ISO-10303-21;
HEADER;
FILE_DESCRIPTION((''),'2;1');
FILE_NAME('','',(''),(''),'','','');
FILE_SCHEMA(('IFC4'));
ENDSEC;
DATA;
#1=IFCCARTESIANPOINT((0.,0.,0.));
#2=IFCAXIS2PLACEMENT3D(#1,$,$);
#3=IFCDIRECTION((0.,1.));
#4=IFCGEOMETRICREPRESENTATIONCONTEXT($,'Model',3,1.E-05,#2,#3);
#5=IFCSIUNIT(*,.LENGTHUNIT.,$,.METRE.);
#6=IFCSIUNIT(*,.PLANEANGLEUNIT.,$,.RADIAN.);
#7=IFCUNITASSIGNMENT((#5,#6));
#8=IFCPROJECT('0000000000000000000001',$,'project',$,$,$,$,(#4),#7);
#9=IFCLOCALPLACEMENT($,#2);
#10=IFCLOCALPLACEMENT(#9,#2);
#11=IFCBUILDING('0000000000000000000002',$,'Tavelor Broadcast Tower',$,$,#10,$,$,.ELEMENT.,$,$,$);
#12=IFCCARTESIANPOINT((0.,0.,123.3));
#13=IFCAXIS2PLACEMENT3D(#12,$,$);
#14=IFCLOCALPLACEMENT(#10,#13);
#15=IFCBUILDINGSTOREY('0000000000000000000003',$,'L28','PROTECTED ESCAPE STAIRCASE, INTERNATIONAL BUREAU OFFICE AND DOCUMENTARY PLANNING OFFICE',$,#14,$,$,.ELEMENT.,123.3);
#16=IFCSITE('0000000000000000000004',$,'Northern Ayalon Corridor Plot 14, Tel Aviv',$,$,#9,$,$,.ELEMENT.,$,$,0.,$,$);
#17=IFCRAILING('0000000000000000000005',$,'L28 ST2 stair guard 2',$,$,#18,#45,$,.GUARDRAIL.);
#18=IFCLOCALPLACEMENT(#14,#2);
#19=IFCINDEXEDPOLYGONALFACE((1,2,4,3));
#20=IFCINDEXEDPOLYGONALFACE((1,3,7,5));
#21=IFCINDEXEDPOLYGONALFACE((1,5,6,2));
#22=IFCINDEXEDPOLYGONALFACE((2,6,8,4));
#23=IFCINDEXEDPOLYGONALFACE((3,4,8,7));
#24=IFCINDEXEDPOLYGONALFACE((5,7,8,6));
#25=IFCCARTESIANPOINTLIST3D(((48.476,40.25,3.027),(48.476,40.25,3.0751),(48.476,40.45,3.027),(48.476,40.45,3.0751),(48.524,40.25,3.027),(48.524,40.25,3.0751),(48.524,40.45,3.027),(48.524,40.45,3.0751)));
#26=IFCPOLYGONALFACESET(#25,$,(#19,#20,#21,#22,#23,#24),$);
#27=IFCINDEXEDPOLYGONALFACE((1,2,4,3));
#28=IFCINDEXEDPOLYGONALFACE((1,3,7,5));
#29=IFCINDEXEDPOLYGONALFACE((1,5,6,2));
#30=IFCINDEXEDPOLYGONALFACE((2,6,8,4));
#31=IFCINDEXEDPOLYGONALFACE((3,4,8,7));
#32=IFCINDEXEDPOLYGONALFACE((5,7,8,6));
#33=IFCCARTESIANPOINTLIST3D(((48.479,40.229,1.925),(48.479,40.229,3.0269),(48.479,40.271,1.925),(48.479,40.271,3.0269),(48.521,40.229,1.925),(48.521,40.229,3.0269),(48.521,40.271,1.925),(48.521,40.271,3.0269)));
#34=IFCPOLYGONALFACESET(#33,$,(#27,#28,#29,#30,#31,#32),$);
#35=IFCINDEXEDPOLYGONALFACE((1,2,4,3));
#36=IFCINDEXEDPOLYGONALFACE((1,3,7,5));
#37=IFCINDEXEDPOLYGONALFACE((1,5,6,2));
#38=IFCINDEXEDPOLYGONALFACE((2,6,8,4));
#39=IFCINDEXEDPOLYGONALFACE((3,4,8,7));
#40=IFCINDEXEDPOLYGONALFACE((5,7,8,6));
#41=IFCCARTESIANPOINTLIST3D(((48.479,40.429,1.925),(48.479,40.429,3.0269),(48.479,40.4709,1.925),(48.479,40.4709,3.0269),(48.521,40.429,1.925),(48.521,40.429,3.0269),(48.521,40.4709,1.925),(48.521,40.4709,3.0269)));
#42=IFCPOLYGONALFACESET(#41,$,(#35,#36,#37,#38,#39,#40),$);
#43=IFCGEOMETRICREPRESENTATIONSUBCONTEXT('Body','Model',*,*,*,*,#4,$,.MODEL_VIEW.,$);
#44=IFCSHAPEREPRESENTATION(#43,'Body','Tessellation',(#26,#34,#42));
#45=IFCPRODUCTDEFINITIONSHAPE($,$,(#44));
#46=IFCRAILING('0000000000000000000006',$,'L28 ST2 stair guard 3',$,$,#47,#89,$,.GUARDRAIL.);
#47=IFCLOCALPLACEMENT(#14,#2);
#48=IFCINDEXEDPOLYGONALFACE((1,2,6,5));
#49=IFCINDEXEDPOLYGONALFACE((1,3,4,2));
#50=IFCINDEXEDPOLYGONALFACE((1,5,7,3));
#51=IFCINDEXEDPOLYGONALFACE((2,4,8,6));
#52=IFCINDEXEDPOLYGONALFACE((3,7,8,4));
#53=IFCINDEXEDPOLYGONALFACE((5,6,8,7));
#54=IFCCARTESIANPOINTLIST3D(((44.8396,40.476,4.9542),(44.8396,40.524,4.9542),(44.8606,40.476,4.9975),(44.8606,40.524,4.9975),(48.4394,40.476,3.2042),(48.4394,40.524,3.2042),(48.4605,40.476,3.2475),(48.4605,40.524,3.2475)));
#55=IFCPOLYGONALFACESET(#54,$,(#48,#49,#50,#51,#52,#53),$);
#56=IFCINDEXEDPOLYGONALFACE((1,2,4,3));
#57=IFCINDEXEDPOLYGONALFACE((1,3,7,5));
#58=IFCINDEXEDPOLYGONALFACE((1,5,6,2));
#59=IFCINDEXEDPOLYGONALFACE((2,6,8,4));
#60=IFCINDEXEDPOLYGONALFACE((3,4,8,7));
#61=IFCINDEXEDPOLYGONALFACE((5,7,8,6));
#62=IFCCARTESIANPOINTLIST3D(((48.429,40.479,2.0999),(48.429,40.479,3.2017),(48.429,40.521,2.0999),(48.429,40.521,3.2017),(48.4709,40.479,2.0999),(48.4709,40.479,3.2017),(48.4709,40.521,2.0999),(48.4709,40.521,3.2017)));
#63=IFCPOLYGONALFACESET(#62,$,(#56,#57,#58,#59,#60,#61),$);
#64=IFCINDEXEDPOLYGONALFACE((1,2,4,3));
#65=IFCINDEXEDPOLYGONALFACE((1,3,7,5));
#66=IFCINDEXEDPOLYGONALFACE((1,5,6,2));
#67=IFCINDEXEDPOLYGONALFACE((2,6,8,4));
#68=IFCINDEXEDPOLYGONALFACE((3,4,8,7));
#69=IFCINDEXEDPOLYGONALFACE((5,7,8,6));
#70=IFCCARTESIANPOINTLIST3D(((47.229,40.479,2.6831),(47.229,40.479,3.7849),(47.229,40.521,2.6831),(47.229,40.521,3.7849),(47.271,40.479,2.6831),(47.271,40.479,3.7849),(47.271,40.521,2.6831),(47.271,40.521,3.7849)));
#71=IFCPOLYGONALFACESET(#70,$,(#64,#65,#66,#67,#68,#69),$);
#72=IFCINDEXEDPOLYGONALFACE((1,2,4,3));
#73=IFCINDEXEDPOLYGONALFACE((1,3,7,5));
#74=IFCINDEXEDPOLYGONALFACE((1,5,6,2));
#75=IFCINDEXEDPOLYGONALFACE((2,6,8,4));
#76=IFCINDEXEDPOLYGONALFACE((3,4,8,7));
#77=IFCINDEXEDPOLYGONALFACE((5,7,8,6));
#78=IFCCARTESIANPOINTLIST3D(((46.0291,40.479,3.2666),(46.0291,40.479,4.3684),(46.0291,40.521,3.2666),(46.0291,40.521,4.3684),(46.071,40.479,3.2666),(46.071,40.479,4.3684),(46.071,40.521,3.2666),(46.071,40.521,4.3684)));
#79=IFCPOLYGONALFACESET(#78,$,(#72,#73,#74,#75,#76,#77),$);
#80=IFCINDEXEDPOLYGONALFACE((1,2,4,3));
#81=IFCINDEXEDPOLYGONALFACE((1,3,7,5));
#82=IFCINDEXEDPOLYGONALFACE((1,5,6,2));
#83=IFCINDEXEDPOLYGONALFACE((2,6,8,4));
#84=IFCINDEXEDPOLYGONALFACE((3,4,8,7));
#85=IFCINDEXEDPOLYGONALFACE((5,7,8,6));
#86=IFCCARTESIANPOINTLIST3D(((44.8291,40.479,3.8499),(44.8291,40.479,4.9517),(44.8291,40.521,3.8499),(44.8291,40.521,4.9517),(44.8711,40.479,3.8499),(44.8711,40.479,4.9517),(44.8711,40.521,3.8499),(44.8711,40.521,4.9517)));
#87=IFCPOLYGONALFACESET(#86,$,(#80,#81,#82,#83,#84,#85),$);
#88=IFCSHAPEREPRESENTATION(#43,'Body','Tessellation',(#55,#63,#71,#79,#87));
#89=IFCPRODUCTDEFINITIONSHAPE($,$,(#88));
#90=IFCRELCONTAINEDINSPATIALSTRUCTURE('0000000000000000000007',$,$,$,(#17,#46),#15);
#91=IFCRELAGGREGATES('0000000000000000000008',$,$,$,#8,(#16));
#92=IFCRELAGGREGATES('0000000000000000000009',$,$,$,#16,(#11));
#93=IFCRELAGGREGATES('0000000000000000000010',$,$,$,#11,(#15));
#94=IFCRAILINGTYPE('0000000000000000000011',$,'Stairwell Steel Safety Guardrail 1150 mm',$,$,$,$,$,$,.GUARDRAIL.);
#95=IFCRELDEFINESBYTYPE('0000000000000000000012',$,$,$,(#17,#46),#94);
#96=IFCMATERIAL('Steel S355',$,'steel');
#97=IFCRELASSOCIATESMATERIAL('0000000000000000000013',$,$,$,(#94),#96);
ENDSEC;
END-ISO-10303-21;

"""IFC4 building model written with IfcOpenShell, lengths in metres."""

from ifc_helpers import new_model, si_unit, direction, frame, origin, origin_2d, place, context, subcontext, project, spatial, rectangle, extrude, material, type_object, element, save


model = new_model("IFC4")

# Units and contexts
model_context = context("Model", 3, precision=1e-05, world=origin(), true_north=direction((0.0, 1.0)))
body_context = subcontext(model_context, "Body", "Model", "MODEL_VIEW")
ifc_project = project(units=[si_unit("LENGTHUNIT", "METRE"), si_unit("PLANEANGLEUNIT", "RADIAN")], contexts=[model_context])

# Site, building, storey
site_placement = place(None, origin())
site = spatial("IfcSite", under=ifc_project, at=site_placement, Name="Northern Ayalon Corridor Plot 14, Tel Aviv", CompositionType="ELEMENT", RefElevation=0.0)
building_placement = place(site_placement, origin())
building = spatial("IfcBuilding", under=site, at=building_placement, Name="Tavelor Broadcast Tower", CompositionType="ELEMENT")
storey_placement = place(building_placement, frame((0.0, 0.0, 123.3)))
storey = spatial("IfcBuildingStorey", under=building, at=storey_placement, Name="L28", Description="PROTECTED ESCAPE STAIRCASE, INTERNATIONAL BUREAU OFFICE AND DOCUMENTARY PLANNING OFFICE", CompositionType="ELEMENT", Elevation=123.3)

# Shared definitions
ifc_material_1 = material(Name="Steel S355", Category="steel")

# Railings
railing_type_1 = type_object("IfcRailingType", Name="Stairwell Steel Safety Guardrail 1150 mm", PredefinedType="GUARDRAIL", material=ifc_material_1)
railing_1_placement = place(storey_placement, frame((48.5, 40.25, 1.925)))
element("IfcRailing", 1, at=railing_1_placement, inside=storey, type_object=railing_type_1, Name="L28 ST2 stair guard 2", PredefinedType="GUARDRAIL", context=body_context, shape_type="SweptSolid", body=[
    extrude(rectangle(XDim=0.0481, YDim=0.0481, at=origin_2d()), frame((0.0, 0.0, 1.126), z_axis=(0.0, 1.0, 0.0), x_axis=(-1.0, 0.0, 0.0)), (0.0, 0.0, 1.0), 0.2),
    extrude(rectangle(XDim=0.042, YDim=0.042, at=origin_2d()), origin(), (0.0, 0.0, 1.0), 1.1018),
    extrude(rectangle(XDim=0.042, YDim=0.042, at=origin_2d()), frame((0.0, 0.2, 0.0)), (0.0, 0.0, 1.0), 1.1018),
])
railing_2_placement = place(storey_placement, frame((48.45, 40.5, 2.0999)))
element("IfcRailing", 2, at=railing_2_placement, inside=storey, type_object=railing_type_1, Name="L28 ST2 stair guard 3", PredefinedType="GUARDRAIL", context=body_context, shape_type="SweptSolid", body=[
    extrude(rectangle(XDim=0.0481, YDim=0.0481, at=origin_2d()), frame((0.0, 0.0, 1.126), z_axis=(-0.899361, 0.0, 0.437207), x_axis=(0.0, -1.0, 0.0)), (0.0, 0.0, 1.0), 4.0027),
    extrude(rectangle(XDim=0.042, YDim=0.042, at=origin_2d()), origin(), (0.0, 0.0, 1.0), 1.1018),
    extrude(rectangle(XDim=0.042, YDim=0.042, at=origin_2d()), frame((-1.2, 0.0, 0.5833)), (0.0, 0.0, 1.0), 1.1018),
    extrude(rectangle(XDim=0.042, YDim=0.042, at=origin_2d()), frame((-2.3999, 0.0, 1.1667)), (0.0, 0.0, 1.0), 1.1018),
    extrude(rectangle(XDim=0.042, YDim=0.042, at=origin_2d()), frame((-3.5999, 0.0, 1.75)), (0.0, 0.0, 1.0), 1.1018),
])

save(model, "model.ifc")
